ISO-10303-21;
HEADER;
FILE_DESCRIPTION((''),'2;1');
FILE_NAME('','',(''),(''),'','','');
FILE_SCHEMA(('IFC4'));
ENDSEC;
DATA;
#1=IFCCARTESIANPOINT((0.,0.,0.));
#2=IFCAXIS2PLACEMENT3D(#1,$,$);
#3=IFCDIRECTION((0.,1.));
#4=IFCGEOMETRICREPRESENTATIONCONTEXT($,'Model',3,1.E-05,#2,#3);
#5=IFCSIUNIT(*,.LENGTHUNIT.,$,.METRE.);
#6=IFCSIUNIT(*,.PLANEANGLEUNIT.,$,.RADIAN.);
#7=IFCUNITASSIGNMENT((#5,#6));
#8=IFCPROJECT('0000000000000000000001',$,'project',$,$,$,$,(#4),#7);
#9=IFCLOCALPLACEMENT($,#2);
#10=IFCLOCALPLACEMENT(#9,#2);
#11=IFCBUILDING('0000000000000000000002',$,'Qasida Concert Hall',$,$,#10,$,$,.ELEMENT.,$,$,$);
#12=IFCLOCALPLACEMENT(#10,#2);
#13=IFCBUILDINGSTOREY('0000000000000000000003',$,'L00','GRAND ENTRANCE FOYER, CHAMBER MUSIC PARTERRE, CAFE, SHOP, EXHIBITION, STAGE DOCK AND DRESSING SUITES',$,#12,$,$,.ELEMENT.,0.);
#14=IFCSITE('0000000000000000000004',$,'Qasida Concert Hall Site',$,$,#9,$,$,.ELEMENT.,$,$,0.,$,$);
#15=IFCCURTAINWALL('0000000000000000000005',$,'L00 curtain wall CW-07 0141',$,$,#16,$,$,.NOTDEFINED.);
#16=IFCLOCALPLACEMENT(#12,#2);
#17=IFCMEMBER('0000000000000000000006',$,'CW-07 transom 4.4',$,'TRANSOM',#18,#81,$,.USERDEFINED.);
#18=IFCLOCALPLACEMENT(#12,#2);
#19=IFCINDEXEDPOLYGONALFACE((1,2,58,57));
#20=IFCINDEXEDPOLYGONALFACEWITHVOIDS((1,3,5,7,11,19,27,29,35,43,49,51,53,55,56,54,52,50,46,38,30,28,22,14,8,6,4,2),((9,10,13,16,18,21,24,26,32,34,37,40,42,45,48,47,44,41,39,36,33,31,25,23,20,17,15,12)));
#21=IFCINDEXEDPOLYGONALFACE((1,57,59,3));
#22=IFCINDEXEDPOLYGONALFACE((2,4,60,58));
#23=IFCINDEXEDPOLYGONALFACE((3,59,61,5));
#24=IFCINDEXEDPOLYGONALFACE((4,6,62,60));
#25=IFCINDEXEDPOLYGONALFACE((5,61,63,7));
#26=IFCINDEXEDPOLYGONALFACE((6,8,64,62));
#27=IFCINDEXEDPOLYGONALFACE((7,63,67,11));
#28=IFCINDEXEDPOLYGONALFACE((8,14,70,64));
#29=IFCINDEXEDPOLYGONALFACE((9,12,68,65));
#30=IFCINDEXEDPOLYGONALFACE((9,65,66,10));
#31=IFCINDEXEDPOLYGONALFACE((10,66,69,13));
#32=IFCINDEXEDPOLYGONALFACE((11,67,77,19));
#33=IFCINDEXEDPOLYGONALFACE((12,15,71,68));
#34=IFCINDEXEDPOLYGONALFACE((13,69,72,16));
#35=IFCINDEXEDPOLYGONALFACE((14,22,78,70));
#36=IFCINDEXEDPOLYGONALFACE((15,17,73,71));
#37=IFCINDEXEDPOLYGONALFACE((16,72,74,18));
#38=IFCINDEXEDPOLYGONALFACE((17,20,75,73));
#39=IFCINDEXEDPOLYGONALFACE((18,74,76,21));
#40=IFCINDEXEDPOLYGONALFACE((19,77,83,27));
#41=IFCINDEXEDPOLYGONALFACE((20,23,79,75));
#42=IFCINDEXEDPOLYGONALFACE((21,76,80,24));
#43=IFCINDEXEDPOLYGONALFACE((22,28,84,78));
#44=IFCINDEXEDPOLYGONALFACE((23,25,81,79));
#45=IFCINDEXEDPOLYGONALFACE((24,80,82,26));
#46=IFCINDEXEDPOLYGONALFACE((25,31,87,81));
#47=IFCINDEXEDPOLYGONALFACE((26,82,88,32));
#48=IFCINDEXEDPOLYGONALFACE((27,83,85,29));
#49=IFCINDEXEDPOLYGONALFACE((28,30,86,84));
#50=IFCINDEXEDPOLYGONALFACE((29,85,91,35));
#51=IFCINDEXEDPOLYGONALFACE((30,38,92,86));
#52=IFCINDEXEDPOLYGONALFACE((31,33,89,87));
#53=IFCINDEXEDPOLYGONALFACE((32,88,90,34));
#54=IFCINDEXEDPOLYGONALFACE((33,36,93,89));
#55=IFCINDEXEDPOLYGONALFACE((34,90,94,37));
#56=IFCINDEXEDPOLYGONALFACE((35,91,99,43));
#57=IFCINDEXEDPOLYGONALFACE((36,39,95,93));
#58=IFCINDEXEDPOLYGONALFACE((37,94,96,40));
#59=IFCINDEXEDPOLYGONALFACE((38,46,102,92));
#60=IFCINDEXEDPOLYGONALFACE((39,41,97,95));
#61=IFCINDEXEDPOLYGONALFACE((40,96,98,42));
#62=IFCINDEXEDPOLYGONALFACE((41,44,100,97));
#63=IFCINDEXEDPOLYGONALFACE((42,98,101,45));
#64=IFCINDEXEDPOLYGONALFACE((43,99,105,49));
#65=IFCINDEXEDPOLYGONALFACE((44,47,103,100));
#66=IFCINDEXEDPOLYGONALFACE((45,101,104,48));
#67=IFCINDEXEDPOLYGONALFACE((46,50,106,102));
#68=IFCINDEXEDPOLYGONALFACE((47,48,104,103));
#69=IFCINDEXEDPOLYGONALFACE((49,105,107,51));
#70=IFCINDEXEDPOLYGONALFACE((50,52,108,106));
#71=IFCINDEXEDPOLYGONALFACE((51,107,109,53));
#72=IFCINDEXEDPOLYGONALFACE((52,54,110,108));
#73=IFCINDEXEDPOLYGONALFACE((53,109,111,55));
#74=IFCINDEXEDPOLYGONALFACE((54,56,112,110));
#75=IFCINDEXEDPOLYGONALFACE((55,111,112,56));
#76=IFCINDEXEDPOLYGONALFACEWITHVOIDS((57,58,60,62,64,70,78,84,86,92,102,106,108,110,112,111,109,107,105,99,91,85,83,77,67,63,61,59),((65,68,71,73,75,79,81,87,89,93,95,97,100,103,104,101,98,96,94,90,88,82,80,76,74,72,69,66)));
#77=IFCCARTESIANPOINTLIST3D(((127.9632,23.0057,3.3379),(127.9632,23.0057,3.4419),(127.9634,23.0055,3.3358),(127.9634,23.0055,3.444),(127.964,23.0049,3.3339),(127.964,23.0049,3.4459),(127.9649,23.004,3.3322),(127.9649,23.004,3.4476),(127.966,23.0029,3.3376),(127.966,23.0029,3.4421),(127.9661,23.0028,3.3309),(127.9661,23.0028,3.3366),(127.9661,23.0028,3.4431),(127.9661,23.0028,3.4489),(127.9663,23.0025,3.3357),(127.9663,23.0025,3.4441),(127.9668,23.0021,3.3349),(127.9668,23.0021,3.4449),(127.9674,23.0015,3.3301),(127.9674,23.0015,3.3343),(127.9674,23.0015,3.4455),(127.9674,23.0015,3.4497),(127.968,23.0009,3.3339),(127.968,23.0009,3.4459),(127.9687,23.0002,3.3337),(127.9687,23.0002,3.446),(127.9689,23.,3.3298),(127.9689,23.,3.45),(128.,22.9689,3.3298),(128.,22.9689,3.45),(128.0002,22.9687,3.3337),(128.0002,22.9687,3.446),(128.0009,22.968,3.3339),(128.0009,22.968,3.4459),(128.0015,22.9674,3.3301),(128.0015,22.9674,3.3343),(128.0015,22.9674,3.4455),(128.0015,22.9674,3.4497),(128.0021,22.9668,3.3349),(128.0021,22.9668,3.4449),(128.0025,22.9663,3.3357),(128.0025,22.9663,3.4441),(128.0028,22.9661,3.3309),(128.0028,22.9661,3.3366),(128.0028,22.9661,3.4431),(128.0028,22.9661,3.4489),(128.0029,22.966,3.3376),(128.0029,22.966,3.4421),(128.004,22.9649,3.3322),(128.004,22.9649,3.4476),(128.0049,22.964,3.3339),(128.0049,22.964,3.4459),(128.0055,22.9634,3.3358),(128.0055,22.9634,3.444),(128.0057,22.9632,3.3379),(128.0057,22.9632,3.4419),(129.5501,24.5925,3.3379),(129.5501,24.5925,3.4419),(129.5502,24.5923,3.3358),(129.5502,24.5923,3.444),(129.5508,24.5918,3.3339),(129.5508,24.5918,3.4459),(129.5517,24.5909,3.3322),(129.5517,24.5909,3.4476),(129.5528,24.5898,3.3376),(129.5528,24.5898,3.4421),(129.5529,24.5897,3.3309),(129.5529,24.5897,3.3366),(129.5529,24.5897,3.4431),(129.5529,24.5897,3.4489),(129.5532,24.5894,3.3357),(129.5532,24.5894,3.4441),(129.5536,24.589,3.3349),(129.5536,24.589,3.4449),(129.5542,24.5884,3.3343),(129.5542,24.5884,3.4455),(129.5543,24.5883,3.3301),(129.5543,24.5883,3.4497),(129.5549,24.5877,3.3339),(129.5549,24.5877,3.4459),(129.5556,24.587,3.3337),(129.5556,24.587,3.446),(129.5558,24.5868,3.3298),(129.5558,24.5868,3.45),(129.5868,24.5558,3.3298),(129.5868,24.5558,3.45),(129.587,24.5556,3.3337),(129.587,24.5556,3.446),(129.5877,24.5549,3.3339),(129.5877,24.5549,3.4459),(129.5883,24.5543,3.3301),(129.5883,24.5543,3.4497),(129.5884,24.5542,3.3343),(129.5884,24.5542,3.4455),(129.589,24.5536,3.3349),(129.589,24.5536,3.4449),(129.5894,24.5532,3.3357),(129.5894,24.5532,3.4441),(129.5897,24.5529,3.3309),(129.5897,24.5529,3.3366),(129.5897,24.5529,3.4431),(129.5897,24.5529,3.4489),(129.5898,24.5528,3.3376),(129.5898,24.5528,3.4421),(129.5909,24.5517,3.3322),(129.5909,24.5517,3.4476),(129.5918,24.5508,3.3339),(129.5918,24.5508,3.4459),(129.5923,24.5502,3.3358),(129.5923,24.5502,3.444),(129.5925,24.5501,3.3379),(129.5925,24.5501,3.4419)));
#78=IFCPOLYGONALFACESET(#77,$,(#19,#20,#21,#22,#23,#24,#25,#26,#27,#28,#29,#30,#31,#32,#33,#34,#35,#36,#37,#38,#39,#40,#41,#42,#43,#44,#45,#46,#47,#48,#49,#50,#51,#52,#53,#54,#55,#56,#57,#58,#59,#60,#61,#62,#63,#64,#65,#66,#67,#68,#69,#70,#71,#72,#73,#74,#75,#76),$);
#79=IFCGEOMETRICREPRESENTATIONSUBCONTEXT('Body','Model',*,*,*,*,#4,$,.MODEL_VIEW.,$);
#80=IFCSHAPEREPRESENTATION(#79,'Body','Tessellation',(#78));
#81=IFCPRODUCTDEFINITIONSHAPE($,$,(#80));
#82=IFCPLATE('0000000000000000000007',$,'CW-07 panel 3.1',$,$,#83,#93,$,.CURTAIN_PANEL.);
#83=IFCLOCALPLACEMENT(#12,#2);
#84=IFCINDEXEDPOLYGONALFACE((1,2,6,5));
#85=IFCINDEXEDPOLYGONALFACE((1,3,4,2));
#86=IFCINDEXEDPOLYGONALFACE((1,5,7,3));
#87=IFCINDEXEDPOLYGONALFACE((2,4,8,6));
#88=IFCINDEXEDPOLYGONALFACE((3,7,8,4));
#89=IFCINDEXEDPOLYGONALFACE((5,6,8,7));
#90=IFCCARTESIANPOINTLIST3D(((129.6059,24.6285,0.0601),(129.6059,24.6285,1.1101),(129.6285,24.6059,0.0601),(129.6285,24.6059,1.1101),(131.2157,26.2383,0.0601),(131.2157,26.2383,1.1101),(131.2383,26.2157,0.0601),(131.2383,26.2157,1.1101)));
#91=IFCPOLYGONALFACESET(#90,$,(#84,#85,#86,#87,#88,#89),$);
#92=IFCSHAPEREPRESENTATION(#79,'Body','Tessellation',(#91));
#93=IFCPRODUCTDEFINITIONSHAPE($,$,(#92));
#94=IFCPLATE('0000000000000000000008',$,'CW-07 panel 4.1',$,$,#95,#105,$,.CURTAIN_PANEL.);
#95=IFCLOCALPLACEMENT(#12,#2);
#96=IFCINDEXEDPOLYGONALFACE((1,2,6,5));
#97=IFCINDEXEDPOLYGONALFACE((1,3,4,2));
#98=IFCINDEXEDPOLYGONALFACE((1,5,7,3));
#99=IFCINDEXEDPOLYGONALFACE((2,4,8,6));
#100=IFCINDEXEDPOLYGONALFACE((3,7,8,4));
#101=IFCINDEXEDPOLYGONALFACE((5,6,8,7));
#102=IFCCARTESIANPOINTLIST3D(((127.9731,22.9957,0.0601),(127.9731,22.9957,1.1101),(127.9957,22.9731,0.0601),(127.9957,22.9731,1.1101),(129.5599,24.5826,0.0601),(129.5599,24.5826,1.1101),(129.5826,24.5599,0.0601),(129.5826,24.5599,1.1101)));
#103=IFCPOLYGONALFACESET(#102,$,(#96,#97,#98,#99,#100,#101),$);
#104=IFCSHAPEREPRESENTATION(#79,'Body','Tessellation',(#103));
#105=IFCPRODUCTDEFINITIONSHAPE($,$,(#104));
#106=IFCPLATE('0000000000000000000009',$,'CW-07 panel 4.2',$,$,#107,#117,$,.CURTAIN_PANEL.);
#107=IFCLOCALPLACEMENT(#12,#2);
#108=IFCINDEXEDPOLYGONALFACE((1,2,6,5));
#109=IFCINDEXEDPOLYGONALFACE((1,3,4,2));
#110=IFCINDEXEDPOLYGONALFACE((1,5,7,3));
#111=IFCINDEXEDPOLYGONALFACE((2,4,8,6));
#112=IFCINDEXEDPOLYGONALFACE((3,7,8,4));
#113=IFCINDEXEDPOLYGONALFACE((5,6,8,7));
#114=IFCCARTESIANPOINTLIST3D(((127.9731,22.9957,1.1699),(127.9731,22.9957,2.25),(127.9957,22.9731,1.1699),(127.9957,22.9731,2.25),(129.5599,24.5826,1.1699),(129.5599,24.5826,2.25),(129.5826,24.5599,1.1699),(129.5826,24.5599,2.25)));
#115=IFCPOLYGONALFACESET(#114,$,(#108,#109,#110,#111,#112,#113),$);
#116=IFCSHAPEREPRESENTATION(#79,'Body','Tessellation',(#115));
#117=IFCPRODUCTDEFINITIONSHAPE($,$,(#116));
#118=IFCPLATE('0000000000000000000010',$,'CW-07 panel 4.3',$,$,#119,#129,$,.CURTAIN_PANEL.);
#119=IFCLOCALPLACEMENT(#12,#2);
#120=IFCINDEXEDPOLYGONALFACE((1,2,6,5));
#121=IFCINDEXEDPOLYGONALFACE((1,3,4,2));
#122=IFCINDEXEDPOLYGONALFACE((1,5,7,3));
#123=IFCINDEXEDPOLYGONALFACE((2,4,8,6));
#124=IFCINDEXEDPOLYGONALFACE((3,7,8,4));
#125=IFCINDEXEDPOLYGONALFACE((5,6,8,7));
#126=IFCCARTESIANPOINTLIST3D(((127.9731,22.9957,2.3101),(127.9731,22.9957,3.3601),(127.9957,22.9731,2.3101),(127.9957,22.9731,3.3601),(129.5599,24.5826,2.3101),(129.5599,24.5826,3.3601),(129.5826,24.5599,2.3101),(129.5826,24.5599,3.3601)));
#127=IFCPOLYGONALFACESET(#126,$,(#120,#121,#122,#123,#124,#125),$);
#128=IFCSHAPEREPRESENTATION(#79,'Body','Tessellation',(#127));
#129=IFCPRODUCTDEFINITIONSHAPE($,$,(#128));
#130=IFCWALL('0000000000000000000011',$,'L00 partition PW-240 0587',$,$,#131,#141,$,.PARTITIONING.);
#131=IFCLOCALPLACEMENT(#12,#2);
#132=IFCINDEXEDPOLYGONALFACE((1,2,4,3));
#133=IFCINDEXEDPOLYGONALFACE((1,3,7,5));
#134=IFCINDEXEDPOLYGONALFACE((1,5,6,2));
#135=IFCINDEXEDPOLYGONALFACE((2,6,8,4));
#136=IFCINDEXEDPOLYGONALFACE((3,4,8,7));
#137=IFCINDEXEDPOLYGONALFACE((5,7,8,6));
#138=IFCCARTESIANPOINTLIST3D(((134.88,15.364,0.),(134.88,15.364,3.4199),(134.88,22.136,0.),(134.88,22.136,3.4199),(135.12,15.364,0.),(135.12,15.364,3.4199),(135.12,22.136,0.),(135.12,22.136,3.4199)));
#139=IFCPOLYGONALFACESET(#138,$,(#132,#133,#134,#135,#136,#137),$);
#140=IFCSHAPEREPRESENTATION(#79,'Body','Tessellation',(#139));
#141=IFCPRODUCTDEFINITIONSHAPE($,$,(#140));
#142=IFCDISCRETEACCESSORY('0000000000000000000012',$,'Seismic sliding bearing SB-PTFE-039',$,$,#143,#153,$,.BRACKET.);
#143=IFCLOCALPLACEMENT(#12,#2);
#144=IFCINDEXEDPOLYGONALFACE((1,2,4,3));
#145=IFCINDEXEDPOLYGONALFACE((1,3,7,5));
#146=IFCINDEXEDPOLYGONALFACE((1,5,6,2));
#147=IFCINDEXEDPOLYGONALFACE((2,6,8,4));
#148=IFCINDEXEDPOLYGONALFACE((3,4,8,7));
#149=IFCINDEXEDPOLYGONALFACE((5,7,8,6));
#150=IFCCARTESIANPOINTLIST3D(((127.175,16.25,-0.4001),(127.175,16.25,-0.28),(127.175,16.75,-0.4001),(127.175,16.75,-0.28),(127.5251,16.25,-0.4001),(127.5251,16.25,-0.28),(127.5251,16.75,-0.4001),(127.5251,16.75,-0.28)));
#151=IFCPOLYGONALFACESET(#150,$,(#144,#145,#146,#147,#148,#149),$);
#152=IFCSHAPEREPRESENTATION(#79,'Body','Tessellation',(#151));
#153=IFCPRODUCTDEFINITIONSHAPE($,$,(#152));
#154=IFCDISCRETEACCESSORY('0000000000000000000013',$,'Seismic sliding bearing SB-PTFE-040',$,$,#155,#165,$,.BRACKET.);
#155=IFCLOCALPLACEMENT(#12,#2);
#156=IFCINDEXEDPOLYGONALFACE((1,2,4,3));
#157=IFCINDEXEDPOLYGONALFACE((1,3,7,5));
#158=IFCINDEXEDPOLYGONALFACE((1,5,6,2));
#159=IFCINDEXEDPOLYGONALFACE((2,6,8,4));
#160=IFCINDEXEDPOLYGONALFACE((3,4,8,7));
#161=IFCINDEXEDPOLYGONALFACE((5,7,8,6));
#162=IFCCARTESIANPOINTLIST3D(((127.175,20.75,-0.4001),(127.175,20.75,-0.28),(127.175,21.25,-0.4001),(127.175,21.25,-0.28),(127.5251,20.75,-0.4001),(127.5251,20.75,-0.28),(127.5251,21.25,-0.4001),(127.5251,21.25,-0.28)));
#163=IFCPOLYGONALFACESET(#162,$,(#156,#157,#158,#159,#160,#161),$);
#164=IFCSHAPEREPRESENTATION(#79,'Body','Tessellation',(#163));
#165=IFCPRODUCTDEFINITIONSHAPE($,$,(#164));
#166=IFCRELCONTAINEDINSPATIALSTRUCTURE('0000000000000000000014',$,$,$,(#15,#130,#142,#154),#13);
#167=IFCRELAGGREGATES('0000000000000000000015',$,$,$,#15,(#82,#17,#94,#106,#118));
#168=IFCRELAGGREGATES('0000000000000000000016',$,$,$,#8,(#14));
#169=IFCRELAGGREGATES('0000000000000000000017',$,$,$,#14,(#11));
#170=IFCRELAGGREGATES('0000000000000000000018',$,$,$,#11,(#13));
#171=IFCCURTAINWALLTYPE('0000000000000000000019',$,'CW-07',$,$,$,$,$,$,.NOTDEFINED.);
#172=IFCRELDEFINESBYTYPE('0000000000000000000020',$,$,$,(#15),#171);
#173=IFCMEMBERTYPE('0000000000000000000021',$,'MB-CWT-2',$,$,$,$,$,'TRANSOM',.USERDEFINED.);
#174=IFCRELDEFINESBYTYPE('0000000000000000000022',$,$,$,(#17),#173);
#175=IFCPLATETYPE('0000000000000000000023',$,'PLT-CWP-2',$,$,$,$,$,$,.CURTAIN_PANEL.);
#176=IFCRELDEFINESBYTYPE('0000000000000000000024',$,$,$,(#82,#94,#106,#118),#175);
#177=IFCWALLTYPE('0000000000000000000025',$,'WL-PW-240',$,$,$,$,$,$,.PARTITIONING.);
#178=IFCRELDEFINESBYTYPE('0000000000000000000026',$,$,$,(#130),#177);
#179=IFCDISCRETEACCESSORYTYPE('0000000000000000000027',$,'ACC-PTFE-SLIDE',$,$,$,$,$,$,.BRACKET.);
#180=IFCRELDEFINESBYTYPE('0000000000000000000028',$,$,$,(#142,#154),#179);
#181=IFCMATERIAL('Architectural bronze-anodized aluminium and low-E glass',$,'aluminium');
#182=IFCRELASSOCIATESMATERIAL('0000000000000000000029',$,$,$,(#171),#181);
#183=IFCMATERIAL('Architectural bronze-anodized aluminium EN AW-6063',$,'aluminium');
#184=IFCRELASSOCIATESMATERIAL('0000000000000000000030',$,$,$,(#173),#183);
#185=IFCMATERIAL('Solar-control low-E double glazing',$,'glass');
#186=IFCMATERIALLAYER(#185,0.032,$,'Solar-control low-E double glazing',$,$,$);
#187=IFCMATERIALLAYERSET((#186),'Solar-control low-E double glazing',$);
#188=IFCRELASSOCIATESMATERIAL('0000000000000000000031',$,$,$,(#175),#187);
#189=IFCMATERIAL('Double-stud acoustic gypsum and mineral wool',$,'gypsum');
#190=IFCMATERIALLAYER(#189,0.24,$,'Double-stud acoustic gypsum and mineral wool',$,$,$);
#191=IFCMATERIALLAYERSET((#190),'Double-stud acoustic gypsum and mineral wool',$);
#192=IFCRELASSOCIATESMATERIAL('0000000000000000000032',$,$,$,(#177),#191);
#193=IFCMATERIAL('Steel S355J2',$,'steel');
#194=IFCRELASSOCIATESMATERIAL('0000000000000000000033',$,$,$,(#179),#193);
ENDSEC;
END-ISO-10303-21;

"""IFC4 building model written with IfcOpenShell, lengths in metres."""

from ifc_helpers import new_model, si_unit, direction, frame, frame_2d, origin, origin_2d, place, context, subcontext, project, spatial, rectangle, hollow_rectangle, extrude, material, layer, layer_set, material_profile, profile_set, type_object, element, aggregate, save


model = new_model("IFC4")

# Units and contexts
model_context = context("Model", 3, precision=1e-05, world=origin(), true_north=direction((0.0, 1.0)))
body_context = subcontext(model_context, "Body", "Model", "MODEL_VIEW")
ifc_project = project(units=[si_unit("LENGTHUNIT", "METRE"), si_unit("PLANEANGLEUNIT", "RADIAN")], contexts=[model_context])

# Site, building, storey
site_placement = place(None, origin())
site = spatial("IfcSite", under=ifc_project, at=site_placement, Name="Qasida Concert Hall Site", CompositionType="ELEMENT", RefElevation=0.0)
building_placement = place(site_placement, origin())
building = spatial("IfcBuilding", under=site, at=building_placement, Name="Qasida Concert Hall", CompositionType="ELEMENT")
storey_placement = place(building_placement, origin())
storey = spatial("IfcBuildingStorey", under=building, at=storey_placement, Name="L00", Description="GRAND ENTRANCE FOYER, CHAMBER MUSIC PARTERRE, CAFE, SHOP, EXHIBITION, STAGE DOCK AND DRESSING SUITES", CompositionType="ELEMENT", Elevation=0.0)

# Shared definitions
ifc_material_1 = material(Name="Steel S355J2", Category="steel")

# Curtain wall, member, plates
ifc_material_2 = material(Name="Architectural bronze-anodized aluminium and low-E glass", Category="aluminium")
curtain_wall_type = type_object("IfcCurtainWallType", Name="CW-07", PredefinedType="NOTDEFINED", material=ifc_material_2)
curtain_wall_placement = place(storey_placement, origin())
curtain_wall = element("IfcCurtainWall", 1, at=curtain_wall_placement, inside=storey, type_object=curtain_wall_type, Name="L00 curtain wall CW-07 0141", PredefinedType="NOTDEFINED")
ifc_material_3 = material(Name="Architectural bronze-anodized aluminium EN AW-6063", Category="aluminium")
ifc_material_profile_1 = material_profile(ifc_material_3, hollow_rectangle(XDim=0.0601, YDim=0.1201, WallThickness=0.0039, InnerFilletRadius=0.0039, OuterFilletRadius=0.0081, at=origin_2d()), Name="CWT 120x60x4")
ifc_profile_set_1 = profile_set([ifc_material_profile_1], Name="Architectural bronze-anodized aluminium EN AW-6063")
member_type_1 = type_object("IfcMemberType", Name="MB-CWT-2", ElementType="TRANSOM", PredefinedType="USERDEFINED", material=ifc_profile_set_1)
member_1_placement = place(storey_placement, frame((129.5713, 24.5713, 3.3899), z_axis=(-0.707107, -0.707107, 0.0), x_axis=(0.707107, -0.707107, 0.0)))
member_1 = element("IfcMember", 2, at=member_1_placement, type_object=member_type_1, Name="CW-07 transom 4.4", ObjectType="TRANSOM", PredefinedType="USERDEFINED", context=body_context, shape_type="SweptSolid", body=[
    extrude(hollow_rectangle(XDim=0.0601, YDim=0.1201, WallThickness=0.0039, InnerFilletRadius=0.0039, OuterFilletRadius=0.0081, at=origin_2d()), origin(), (0.0, 0.0, 1.0), 2.2441),
])
ifc_material_4 = material(Name="Solar-control low-E double glazing", Category="glass")
ifc_layer_1 = layer(ifc_material_4, 0.032, Name="Solar-control low-E double glazing")
ifc_layer_set_1 = layer_set([ifc_layer_1], Name="Solar-control low-E double glazing")
plate_type = type_object("IfcPlateType", Name="PLT-CWP-2", PredefinedType="CURTAIN_PANEL", material=ifc_layer_set_1)
plate_1_placement = place(storey_placement, frame((130.4221, 25.4221, 0.0601), z_axis=(0.0, 0.0, 1.0), x_axis=(-0.707107, -0.707107, 0.0)))
plate_1 = element("IfcPlate", 3, at=plate_1_placement, type_object=plate_type, Name="CW-07 panel 3.1", PredefinedType="CURTAIN_PANEL", context=body_context, shape_type="SweptSolid", body=[
    extrude(rectangle(XDim=2.2766, YDim=0.032, at=origin_2d()), origin(), (0.0, 0.0, 1.0), 1.05),
])
plate_2_placement = place(storey_placement, frame((128.7778, 23.7778, 0.0601), z_axis=(0.0, 0.0, 1.0), x_axis=(-0.707107, -0.707107, 0.0)))
plate_2 = element("IfcPlate", 4, at=plate_2_placement, type_object=plate_type, Name="CW-07 panel 4.1", PredefinedType="CURTAIN_PANEL", context=body_context, shape_type="SweptSolid", body=[
    extrude(rectangle(XDim=2.2441, YDim=0.032, at=origin_2d()), origin(), (0.0, 0.0, 1.0), 1.05),
])
plate_3_placement = place(storey_placement, frame((128.7778, 23.7778, 1.1699), z_axis=(0.0, 0.0, 1.0), x_axis=(-0.707107, -0.707107, 0.0)))
plate_3 = element("IfcPlate", 5, at=plate_3_placement, type_object=plate_type, Name="CW-07 panel 4.2", PredefinedType="CURTAIN_PANEL", context=body_context, shape_type="SweptSolid", body=[
    extrude(rectangle(XDim=2.2441, YDim=0.032, at=origin_2d()), origin(), (0.0, 0.0, 1.0), 1.0801),
])
plate_4_placement = place(storey_placement, frame((128.7778, 23.7778, 2.3101), z_axis=(0.0, 0.0, 1.0), x_axis=(-0.707107, -0.707107, 0.0)))
plate_4 = element("IfcPlate", 6, at=plate_4_placement, type_object=plate_type, Name="CW-07 panel 4.3", PredefinedType="CURTAIN_PANEL", context=body_context, shape_type="SweptSolid", body=[
    extrude(rectangle(XDim=2.2441, YDim=0.032, at=origin_2d()), origin(), (0.0, 0.0, 1.0), 1.05),
])
aggregate(curtain_wall, [plate_1, member_1, plate_2, plate_3, plate_4])

# Wall
ifc_material_5 = material(Name="Double-stud acoustic gypsum and mineral wool", Category="gypsum")
ifc_layer_2 = layer(ifc_material_5, 0.24, Name="Double-stud acoustic gypsum and mineral wool")
ifc_layer_set_2 = layer_set([ifc_layer_2], Name="Double-stud acoustic gypsum and mineral wool")
wall_type = type_object("IfcWallType", Name="WL-PW-240", PredefinedType="PARTITIONING", material=ifc_layer_set_2)
wall_placement = place(storey_placement, frame((135.0, 15.364, 0.0), z_axis=(0.0, 0.0, 1.0), x_axis=(0.0, 1.0, 0.0)))
element("IfcWall", 7, at=wall_placement, inside=storey, type_object=wall_type, Name="L00 partition PW-240 0587", PredefinedType="PARTITIONING", context=body_context, shape_type="SweptSolid", body=[
    extrude(rectangle(XDim=6.772, YDim=0.24, at=frame_2d((3.386, 0.0))), origin(), (0.0, 0.0, 1.0), 3.4199),
])

# Discrete accessories
discrete_accessory_type = type_object("IfcDiscreteAccessoryType", Name="ACC-PTFE-SLIDE", PredefinedType="BRACKET", material=ifc_material_1)
for number, where, z_axis, x_axis, name in (
    (8, (127.3501, 16.5, -0.4001), (0.0, 0.0, 1.0), (1.0, 0.0, 0.0), "Seismic sliding bearing SB-PTFE-039"),
    (9, (127.3501, 21.0, -0.4001), (0.0, 0.0, 1.0), (1.0, 0.0, 0.0), "Seismic sliding bearing SB-PTFE-040"),
):
    element("IfcDiscreteAccessory", number, at=place(storey_placement, frame(where, z_axis=z_axis, x_axis=x_axis)), inside=storey, type_object=discrete_accessory_type, Name=name, PredefinedType="BRACKET", context=body_context, shape_type="SweptSolid", body=[
        extrude(rectangle(XDim=0.3501, YDim=0.5, at=origin_2d()), origin(), (0.0, 0.0, 1.0), 0.1201),
    ])

save(model, "model.ifc")
